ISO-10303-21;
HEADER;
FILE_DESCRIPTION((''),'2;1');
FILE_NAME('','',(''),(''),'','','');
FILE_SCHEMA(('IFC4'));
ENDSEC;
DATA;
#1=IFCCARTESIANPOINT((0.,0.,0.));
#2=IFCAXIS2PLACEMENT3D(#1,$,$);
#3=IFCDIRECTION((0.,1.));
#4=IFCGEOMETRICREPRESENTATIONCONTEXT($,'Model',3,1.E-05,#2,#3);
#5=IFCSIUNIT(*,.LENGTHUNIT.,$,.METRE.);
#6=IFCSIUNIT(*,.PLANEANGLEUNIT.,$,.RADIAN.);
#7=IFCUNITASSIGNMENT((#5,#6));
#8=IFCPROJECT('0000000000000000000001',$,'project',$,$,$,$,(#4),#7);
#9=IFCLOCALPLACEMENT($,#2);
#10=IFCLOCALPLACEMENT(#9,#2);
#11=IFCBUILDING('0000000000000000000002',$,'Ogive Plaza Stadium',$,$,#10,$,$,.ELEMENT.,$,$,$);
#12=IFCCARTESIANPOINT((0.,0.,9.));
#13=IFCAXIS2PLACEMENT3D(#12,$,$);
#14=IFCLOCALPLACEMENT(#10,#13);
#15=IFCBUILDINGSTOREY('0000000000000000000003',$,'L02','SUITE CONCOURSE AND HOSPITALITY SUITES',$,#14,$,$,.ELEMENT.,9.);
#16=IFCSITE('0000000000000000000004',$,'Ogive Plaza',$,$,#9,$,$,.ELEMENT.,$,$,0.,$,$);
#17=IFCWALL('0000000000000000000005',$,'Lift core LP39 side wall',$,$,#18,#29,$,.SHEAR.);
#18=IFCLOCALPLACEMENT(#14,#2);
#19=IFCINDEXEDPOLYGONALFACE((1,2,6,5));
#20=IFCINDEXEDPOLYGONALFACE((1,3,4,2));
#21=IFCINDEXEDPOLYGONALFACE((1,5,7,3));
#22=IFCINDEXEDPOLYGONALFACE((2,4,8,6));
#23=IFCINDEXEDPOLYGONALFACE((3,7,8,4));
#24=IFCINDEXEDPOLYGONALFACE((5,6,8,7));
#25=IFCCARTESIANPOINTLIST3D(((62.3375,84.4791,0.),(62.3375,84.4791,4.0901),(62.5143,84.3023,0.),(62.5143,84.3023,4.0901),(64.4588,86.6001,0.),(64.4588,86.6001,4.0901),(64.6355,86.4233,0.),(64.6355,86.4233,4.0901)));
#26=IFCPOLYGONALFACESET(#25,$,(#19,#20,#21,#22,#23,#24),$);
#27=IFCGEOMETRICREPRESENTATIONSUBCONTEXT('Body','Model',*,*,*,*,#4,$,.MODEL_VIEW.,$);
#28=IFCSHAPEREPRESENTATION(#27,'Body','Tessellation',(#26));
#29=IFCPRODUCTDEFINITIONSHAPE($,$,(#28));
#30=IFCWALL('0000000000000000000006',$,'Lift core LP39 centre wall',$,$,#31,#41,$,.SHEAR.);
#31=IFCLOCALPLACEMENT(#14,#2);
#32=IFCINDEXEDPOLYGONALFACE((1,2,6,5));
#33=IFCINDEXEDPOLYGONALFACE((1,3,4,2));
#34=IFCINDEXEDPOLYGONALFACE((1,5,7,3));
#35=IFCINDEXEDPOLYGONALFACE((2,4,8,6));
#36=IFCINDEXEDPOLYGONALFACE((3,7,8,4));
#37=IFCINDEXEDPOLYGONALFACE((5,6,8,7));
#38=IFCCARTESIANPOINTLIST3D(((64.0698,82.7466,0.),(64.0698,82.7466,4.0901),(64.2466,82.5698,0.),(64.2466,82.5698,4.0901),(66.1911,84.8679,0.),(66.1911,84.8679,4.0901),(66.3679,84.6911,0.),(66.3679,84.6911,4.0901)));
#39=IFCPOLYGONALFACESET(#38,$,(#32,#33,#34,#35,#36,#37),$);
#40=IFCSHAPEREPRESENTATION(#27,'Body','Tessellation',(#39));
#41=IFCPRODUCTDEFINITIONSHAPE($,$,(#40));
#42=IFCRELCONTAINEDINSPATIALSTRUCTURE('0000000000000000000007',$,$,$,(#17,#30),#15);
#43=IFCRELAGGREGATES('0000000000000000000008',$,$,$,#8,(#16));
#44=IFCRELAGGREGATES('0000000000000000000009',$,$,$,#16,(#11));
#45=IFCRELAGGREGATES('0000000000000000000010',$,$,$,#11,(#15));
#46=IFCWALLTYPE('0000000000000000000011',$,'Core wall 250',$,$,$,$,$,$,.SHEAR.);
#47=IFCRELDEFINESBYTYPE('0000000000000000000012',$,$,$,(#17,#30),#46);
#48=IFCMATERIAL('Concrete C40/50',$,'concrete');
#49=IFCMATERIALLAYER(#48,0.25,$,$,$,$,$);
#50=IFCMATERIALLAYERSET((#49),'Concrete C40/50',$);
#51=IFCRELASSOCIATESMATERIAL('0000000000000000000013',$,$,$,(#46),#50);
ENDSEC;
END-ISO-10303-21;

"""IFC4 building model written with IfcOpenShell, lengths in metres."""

from ifc_helpers import new_model, si_unit, direction, frame, frame_2d, origin, place, context, subcontext, project, spatial, rectangle, extrude, material, layer, layer_set, type_object, element, save


model = new_model("IFC4")

# Units and contexts
model_context = context("Model", 3, precision=1e-05, world=origin(), true_north=direction((0.0, 1.0)))
body_context = subcontext(model_context, "Body", "Model", "MODEL_VIEW")
ifc_project = project(units=[si_unit("LENGTHUNIT", "METRE"), si_unit("PLANEANGLEUNIT", "RADIAN")], contexts=[model_context])

# Site, building, storey
site_placement = place(None, origin())
site = spatial("IfcSite", under=ifc_project, at=site_placement, Name="Ogive Plaza", CompositionType="ELEMENT", RefElevation=0.0)
building_placement = place(site_placement, origin())
building = spatial("IfcBuilding", under=site, at=building_placement, Name="Ogive Plaza Stadium", CompositionType="ELEMENT")
storey_placement = place(building_placement, frame((0.0, 0.0, 9.0)))
storey = spatial("IfcBuildingStorey", under=building, at=storey_placement, Name="L02", Description="SUITE CONCOURSE AND HOSPITALITY SUITES", CompositionType="ELEMENT", Elevation=9.0)

# Walls
ifc_material_1 = material(Name="Concrete C40/50", Category="concrete")
ifc_layer_1 = layer(ifc_material_1, 0.25)
ifc_layer_set_1 = layer_set([ifc_layer_1], Name="Concrete C40/50")
wall_type = type_object("IfcWallType", Name="Core wall 250", PredefinedType="SHEAR", material=ifc_layer_set_1)
wall_1_placement = place(storey_placement, frame((62.4258, 84.3906, 0.0), z_axis=(0.0, 0.0, 1.0), x_axis=(0.707147, 0.707066, 0.0)))
element("IfcWall", 1, at=wall_1_placement, inside=storey, type_object=wall_type, Name="Lift core LP39 side wall", PredefinedType="SHEAR", context=body_context, shape_type="SweptSolid", body=[
    extrude(rectangle(XDim=2.9998, YDim=0.25, at=frame_2d((1.5, 0.0))), origin(), (0.0, 0.0, 1.0), 4.0901),
])
wall_2_placement = place(storey_placement, frame((64.1582, 82.6582, 0.0), z_axis=(0.0, 0.0, 1.0), x_axis=(0.707107, 0.707107, 0.0)))
element("IfcWall", 2, at=wall_2_placement, inside=storey, type_object=wall_type, Name="Lift core LP39 centre wall", PredefinedType="SHEAR", context=body_context, shape_type="SweptSolid", body=[
    extrude(rectangle(XDim=3.0, YDim=0.25, at=frame_2d((1.5, 0.0))), origin(), (0.0, 0.0, 1.0), 4.0901),
])

save(model, "model.ifc")
